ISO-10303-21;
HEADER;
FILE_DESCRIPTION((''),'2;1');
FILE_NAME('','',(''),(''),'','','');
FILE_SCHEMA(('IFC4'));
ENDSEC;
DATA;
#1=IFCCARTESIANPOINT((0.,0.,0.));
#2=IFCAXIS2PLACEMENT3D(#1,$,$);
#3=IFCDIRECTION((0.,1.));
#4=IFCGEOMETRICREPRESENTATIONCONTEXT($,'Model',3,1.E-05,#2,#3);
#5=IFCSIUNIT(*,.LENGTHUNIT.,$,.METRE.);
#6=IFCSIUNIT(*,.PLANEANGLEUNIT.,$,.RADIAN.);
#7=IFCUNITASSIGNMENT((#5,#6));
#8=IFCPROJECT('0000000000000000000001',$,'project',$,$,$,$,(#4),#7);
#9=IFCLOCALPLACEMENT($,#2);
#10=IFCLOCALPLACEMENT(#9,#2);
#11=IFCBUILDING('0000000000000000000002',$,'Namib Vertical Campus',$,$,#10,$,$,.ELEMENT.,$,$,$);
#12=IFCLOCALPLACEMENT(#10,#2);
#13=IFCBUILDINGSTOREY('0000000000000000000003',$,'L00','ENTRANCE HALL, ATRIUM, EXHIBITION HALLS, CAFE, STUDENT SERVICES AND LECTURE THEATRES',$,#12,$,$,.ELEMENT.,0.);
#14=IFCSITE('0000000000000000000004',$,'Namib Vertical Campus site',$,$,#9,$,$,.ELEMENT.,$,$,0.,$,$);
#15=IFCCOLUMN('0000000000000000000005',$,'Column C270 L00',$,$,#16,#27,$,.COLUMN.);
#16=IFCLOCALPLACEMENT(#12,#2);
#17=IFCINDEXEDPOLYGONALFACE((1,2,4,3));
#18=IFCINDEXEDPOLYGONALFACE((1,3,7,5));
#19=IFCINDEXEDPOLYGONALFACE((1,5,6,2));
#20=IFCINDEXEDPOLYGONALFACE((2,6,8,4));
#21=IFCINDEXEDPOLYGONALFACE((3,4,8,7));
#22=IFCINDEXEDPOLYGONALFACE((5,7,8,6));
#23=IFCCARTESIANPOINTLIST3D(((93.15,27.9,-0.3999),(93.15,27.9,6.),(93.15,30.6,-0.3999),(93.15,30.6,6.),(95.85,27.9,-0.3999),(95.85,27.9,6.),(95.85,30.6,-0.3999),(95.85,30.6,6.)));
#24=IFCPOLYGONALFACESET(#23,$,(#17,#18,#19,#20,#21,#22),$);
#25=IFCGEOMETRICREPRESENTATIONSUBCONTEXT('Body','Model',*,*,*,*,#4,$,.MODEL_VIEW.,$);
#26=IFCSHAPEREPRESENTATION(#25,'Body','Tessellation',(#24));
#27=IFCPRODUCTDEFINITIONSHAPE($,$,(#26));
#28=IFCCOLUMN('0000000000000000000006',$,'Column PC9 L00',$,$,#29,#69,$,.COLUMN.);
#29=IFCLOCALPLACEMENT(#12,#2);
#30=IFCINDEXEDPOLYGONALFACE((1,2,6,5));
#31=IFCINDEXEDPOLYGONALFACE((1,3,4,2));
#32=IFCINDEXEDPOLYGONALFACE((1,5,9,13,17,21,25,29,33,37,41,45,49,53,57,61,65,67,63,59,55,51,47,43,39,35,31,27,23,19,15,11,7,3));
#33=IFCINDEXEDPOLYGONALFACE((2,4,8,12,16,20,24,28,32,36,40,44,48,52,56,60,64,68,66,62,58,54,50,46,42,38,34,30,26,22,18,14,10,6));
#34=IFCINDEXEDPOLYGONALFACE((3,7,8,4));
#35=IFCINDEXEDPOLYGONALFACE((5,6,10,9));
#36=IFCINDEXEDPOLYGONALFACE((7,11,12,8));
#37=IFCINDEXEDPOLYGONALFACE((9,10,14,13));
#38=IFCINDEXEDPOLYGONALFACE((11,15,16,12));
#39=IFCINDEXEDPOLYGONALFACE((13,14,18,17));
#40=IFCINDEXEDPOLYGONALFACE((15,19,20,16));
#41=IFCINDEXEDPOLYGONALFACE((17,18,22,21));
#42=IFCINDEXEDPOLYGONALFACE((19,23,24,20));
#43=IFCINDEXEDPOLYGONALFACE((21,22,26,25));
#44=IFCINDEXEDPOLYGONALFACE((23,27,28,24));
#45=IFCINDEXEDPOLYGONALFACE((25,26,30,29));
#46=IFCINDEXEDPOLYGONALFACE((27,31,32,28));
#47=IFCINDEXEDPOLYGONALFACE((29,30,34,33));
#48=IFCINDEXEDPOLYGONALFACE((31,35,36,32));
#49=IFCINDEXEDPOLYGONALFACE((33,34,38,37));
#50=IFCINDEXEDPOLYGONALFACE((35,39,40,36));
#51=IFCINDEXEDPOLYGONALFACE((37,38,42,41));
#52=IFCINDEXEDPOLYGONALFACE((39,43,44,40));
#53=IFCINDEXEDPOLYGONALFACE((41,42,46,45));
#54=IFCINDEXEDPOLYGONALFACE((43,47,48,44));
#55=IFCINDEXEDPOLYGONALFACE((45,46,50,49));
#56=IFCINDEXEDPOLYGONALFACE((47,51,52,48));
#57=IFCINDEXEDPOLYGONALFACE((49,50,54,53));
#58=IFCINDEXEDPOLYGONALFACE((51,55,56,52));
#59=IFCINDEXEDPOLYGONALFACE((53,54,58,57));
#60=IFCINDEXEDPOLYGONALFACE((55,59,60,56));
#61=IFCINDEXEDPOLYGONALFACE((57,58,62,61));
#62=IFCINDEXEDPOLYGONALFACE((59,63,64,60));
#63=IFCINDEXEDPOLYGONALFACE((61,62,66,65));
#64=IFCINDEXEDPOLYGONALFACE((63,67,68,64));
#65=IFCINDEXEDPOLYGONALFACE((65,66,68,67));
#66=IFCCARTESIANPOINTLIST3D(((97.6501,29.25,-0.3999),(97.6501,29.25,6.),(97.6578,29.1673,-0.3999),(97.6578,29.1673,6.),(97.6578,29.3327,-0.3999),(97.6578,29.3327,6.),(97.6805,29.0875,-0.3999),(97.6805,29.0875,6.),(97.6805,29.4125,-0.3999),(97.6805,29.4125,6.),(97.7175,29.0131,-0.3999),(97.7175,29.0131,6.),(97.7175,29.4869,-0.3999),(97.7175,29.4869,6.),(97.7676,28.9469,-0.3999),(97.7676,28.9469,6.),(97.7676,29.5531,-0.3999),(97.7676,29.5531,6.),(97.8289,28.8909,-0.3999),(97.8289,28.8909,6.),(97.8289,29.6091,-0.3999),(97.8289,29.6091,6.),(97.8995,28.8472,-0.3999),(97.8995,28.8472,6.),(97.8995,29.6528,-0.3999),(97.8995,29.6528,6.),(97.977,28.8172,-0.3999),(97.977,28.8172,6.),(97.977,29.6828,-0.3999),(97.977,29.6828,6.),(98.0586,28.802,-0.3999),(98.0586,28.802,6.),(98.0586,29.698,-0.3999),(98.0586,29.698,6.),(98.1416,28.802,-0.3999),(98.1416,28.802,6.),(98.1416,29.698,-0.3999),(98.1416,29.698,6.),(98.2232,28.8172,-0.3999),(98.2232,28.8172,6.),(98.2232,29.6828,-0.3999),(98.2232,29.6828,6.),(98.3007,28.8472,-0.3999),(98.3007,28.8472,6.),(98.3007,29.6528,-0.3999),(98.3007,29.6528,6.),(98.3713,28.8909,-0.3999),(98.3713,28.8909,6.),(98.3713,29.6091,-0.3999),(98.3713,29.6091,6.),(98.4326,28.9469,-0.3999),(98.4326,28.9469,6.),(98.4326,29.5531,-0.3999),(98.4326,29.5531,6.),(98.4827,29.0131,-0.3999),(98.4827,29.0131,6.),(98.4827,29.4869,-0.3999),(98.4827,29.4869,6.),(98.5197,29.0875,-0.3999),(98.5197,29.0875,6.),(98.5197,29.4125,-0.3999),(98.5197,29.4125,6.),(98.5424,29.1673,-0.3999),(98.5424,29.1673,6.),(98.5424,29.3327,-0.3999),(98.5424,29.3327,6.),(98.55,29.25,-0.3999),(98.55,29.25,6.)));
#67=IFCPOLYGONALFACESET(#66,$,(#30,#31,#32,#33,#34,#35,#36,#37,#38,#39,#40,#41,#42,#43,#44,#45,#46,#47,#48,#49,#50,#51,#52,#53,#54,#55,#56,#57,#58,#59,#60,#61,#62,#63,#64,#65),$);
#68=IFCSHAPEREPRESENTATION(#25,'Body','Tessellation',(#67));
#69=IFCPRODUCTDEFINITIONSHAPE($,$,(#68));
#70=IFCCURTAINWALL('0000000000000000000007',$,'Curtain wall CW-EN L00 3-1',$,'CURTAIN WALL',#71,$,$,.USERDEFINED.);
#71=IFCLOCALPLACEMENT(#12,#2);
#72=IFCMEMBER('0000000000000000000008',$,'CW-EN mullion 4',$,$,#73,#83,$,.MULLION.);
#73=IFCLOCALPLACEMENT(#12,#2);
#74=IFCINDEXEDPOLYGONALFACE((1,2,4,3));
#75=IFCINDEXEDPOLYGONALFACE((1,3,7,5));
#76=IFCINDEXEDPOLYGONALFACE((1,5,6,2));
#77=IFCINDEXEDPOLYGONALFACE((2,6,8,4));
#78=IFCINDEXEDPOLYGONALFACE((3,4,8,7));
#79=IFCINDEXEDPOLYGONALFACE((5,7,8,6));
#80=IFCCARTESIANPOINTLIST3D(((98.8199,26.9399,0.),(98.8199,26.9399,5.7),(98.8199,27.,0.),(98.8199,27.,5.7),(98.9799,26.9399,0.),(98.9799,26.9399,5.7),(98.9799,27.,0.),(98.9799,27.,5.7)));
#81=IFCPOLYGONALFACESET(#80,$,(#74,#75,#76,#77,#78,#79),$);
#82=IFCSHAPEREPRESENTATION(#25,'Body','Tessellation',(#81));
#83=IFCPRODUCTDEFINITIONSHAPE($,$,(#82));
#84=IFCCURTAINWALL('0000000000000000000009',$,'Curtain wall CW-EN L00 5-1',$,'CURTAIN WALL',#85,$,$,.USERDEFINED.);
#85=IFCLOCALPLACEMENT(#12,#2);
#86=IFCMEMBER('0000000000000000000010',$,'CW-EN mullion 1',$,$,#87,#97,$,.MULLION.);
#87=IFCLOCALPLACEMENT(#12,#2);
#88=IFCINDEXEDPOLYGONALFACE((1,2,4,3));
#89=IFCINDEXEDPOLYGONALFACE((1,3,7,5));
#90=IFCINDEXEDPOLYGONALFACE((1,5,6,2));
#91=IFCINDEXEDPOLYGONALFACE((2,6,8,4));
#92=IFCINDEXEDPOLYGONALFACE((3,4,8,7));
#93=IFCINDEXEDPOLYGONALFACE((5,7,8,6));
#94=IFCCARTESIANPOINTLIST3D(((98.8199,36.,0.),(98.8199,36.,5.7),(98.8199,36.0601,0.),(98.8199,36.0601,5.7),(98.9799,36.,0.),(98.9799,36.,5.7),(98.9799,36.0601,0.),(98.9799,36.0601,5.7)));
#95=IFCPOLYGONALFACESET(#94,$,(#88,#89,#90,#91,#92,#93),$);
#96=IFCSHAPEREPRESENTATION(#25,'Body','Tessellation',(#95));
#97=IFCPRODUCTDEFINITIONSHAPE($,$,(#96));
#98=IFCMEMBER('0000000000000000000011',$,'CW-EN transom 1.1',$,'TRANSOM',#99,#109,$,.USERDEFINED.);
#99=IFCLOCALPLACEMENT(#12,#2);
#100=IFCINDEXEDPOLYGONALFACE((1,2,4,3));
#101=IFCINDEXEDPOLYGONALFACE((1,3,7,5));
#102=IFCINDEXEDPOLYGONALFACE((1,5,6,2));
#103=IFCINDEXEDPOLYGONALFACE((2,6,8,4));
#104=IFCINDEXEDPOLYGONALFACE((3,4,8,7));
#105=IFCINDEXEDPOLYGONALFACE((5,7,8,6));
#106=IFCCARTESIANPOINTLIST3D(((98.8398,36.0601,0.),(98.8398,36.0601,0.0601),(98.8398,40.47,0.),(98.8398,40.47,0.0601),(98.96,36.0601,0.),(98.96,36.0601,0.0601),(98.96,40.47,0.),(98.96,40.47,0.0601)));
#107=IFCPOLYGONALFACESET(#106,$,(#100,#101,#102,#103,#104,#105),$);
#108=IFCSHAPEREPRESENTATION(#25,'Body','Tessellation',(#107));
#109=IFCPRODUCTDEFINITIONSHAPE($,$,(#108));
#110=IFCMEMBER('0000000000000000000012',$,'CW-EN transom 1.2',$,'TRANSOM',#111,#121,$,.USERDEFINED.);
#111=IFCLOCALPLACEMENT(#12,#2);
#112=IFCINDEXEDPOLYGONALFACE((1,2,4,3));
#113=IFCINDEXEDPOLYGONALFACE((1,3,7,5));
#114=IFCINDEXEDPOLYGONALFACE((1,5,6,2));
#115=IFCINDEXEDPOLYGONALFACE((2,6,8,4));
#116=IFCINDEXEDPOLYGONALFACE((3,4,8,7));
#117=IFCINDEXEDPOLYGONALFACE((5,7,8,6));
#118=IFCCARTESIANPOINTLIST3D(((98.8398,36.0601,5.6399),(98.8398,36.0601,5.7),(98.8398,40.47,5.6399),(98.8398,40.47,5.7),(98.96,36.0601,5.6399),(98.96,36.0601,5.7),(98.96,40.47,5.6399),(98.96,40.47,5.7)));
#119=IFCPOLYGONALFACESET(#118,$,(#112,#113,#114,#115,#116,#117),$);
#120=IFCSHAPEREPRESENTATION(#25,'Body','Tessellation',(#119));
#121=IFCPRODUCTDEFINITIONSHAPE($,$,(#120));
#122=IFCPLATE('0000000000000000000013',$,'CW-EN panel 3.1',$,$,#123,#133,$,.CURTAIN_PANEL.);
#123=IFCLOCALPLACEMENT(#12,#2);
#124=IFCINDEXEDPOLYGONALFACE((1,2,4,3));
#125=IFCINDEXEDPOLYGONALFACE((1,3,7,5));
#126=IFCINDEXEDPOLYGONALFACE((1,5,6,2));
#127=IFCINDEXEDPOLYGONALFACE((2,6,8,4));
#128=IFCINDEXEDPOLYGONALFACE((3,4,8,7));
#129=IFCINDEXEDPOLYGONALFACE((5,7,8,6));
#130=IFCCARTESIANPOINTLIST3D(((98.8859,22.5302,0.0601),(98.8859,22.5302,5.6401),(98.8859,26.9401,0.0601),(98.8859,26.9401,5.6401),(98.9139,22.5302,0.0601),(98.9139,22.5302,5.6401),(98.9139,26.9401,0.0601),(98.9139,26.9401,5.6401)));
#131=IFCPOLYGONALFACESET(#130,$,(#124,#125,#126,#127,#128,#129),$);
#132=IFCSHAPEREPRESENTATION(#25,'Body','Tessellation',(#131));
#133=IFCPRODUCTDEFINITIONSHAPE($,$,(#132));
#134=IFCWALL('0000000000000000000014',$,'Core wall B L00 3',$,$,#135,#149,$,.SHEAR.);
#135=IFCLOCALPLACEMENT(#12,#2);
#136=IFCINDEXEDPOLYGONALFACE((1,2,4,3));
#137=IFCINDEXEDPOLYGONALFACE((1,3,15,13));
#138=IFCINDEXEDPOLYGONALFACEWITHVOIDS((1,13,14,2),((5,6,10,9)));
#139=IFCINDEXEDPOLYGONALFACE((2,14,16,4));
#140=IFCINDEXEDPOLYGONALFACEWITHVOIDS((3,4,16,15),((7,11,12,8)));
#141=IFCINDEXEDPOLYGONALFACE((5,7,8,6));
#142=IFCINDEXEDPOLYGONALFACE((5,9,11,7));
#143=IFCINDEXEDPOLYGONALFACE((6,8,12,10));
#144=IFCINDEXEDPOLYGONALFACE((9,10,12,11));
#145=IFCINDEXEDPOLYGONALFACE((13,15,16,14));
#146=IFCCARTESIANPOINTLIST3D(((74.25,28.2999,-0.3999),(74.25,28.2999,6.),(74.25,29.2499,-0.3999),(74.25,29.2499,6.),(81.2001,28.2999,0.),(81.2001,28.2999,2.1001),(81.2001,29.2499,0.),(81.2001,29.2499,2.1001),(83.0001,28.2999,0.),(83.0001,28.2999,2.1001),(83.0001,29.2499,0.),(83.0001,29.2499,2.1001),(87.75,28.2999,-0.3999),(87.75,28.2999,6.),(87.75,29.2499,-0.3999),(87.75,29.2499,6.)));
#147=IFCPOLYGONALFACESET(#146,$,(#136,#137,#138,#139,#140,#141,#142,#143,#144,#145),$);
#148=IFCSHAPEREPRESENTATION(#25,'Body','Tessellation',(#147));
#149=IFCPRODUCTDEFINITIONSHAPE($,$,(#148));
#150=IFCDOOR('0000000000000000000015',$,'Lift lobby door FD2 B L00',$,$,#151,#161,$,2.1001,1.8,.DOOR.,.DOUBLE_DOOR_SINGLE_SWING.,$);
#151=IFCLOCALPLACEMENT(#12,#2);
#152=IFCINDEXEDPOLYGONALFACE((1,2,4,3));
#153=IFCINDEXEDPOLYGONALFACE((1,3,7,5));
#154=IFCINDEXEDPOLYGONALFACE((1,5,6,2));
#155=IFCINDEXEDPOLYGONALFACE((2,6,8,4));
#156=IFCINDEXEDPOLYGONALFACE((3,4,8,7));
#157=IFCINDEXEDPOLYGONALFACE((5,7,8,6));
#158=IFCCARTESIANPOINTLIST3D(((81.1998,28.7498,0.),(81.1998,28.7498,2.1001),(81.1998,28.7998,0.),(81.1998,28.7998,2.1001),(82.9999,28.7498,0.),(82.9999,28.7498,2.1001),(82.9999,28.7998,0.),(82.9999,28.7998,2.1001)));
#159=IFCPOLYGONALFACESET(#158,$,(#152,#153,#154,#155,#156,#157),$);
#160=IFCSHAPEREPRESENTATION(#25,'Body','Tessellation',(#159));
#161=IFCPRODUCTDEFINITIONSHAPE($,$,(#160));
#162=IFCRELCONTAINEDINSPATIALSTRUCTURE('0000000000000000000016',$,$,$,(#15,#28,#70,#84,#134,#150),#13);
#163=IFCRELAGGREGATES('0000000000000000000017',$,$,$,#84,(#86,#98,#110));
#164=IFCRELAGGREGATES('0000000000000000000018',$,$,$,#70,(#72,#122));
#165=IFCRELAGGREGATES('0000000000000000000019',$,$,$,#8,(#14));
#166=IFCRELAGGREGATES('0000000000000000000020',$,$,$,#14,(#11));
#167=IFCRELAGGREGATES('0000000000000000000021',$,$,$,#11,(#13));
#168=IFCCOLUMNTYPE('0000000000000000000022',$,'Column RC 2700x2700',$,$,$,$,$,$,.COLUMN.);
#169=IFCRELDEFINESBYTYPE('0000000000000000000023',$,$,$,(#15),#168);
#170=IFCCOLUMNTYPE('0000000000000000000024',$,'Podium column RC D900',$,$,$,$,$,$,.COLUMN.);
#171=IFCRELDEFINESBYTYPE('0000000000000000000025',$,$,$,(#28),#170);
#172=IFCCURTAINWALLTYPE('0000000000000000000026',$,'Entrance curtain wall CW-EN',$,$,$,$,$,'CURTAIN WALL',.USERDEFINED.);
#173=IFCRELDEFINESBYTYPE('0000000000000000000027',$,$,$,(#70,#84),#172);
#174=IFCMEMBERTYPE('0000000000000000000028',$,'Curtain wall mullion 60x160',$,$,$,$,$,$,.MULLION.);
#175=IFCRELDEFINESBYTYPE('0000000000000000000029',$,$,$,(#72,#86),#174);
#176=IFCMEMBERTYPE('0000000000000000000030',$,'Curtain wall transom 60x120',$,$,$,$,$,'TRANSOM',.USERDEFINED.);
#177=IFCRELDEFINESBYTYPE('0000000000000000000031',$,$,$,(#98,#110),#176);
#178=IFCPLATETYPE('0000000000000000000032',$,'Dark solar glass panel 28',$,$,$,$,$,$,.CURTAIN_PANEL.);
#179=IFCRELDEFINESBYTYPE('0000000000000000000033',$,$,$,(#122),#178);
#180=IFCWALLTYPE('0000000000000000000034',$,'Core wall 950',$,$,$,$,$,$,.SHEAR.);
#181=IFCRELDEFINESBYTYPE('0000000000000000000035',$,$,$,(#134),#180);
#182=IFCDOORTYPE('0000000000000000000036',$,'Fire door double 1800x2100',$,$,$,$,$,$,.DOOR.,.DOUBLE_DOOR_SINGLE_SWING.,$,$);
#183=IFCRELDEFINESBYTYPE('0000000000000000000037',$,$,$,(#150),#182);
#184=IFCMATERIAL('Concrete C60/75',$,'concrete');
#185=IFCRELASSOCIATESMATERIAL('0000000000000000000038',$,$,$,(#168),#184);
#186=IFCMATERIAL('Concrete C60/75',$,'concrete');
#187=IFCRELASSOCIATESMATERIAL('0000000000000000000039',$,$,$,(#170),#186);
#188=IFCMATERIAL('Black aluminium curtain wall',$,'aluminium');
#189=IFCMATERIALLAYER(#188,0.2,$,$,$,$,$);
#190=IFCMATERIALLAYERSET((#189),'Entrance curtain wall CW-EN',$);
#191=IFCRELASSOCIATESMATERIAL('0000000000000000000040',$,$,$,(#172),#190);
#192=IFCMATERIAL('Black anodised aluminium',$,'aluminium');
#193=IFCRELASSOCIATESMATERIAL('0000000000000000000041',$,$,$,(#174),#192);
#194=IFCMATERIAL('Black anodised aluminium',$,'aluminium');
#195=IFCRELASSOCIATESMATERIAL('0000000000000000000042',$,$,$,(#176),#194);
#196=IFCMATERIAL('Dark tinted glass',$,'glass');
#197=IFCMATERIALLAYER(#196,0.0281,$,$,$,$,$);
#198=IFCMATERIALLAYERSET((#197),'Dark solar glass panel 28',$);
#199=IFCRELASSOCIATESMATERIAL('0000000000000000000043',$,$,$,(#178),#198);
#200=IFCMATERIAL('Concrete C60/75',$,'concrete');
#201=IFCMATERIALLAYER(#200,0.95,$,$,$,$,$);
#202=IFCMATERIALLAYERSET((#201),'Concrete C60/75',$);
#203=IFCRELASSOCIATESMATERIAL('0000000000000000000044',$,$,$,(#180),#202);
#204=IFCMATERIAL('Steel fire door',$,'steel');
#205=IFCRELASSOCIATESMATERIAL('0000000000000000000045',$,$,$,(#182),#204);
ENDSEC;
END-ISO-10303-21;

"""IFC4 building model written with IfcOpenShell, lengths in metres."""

from ifc_helpers import new_model, si_unit, direction, frame, frame_2d, origin, origin_2d, place, context, subcontext, project, spatial, rectangle, circle, extrude, material, layer, layer_set, material_profile, profile_set, type_object, element, fill, aggregate, save


model = new_model("IFC4")

# Units and contexts
model_context = context("Model", 3, precision=1e-05, world=origin(), true_north=direction((0.0, 1.0)))
body_context = subcontext(model_context, "Body", "Model", "MODEL_VIEW")
ifc_project = project(units=[si_unit("LENGTHUNIT", "METRE"), si_unit("PLANEANGLEUNIT", "RADIAN")], contexts=[model_context])

# Site, building, storey
site_placement = place(None, origin())
site = spatial("IfcSite", under=ifc_project, at=site_placement, Name="Namib Vertical Campus site", CompositionType="ELEMENT", RefElevation=0.0)
building_placement = place(site_placement, origin())
building = spatial("IfcBuilding", under=site, at=building_placement, Name="Namib Vertical Campus", CompositionType="ELEMENT")
storey_placement = place(building_placement, origin())
storey = spatial("IfcBuildingStorey", under=building, at=storey_placement, Name="L00", Description="ENTRANCE HALL, ATRIUM, EXHIBITION HALLS, CAFE, STUDENT SERVICES AND LECTURE THEATRES", CompositionType="ELEMENT", Elevation=0.0)

# Columns
ifc_material_1 = material(Name="Concrete C60/75", Category="concrete")
ifc_material_profile_1 = material_profile(ifc_material_1, rectangle(XDim=2.7, YDim=2.7, at=origin_2d()))
ifc_profile_set_1 = profile_set([ifc_material_profile_1], Name="Concrete C60/75")
column_type_1 = type_object("IfcColumnType", Name="Column RC 2700x2700", PredefinedType="COLUMN", material=ifc_profile_set_1)
column_1_placement = place(storey_placement, frame((94.5, 29.25, -0.3999), z_axis=(0.0, 0.0, 1.0), x_axis=(1.0, 0.0, 0.0)))
element("IfcColumn", 1, at=column_1_placement, inside=storey, type_object=column_type_1, Name="Column C270 L00", PredefinedType="COLUMN", context=body_context, shape_type="SweptSolid", body=[
    extrude(rectangle(XDim=2.7, YDim=2.7, at=origin_2d()), origin(), (0.0, 0.0, 1.0), 6.3999),
])
ifc_material_2 = material(Name="Concrete C60/75", Category="concrete")
ifc_material_profile_2 = material_profile(ifc_material_2, circle(Radius=0.45, at=origin_2d()))
ifc_profile_set_2 = profile_set([ifc_material_profile_2], Name="Concrete C60/75")
column_type_2 = type_object("IfcColumnType", Name="Podium column RC D900", PredefinedType="COLUMN", material=ifc_profile_set_2)
column_2_placement = place(storey_placement, frame((98.1001, 29.25, -0.3999), z_axis=(0.0, 0.0, 1.0), x_axis=(1.0, 0.0, 0.0)))
element("IfcColumn", 2, at=column_2_placement, inside=storey, type_object=column_type_2, Name="Column PC9 L00", PredefinedType="COLUMN", context=body_context, shape_type="SweptSolid", body=[
    extrude(circle(Radius=0.45, at=origin_2d()), origin(), (0.0, 0.0, 1.0), 6.3999),
])

# Curtain wall, member
ifc_material_3 = material(Name="Black aluminium curtain wall", Category="aluminium")
ifc_layer_1 = layer(ifc_material_3, 0.2)
ifc_layer_set_1 = layer_set([ifc_layer_1], Name="Entrance curtain wall CW-EN")
curtain_wall_type = type_object("IfcCurtainWallType", Name="Entrance curtain wall CW-EN", ElementType="CURTAIN WALL", PredefinedType="USERDEFINED", material=ifc_layer_set_1)
curtain_wall_1_placement = place(storey_placement, origin())
curtain_wall_1 = element("IfcCurtainWall", 3, at=curtain_wall_1_placement, inside=storey, type_object=curtain_wall_type, Name="Curtain wall CW-EN L00 3-1", ObjectType="CURTAIN WALL", PredefinedType="USERDEFINED")
ifc_material_4 = material(Name="Black anodised aluminium", Category="aluminium")
ifc_material_profile_3 = material_profile(ifc_material_4, rectangle(XDim=0.0601, YDim=0.1599, at=origin_2d()))
ifc_profile_set_3 = profile_set([ifc_material_profile_3], Name="Black anodised aluminium")
member_type_1 = type_object("IfcMemberType", Name="Curtain wall mullion 60x160", PredefinedType="MULLION", material=ifc_profile_set_3)
member_1_placement = place(storey_placement, frame((98.8999, 26.97, 0.0), z_axis=(0.0, 0.0, 1.0), x_axis=(0.0, 1.0, 0.0)))
member_1 = element("IfcMember", 4, at=member_1_placement, type_object=member_type_1, Name="CW-EN mullion 4", PredefinedType="MULLION", context=body_context, shape_type="SweptSolid", body=[
    extrude(rectangle(XDim=0.0601, YDim=0.1599, at=origin_2d()), origin(), (0.0, 0.0, 1.0), 5.7),
])

# Curtain wall, members
curtain_wall_2_placement = place(storey_placement, origin())
curtain_wall_2 = element("IfcCurtainWall", 5, at=curtain_wall_2_placement, inside=storey, type_object=curtain_wall_type, Name="Curtain wall CW-EN L00 5-1", ObjectType="CURTAIN WALL", PredefinedType="USERDEFINED")
member_2_placement = place(storey_placement, frame((98.8999, 36.03, 0.0), z_axis=(0.0, 0.0, 1.0), x_axis=(0.0, 1.0, 0.0)))
member_2 = element("IfcMember", 6, at=member_2_placement, type_object=member_type_1, Name="CW-EN mullion 1", PredefinedType="MULLION", context=body_context, shape_type="SweptSolid", body=[
    extrude(rectangle(XDim=0.0601, YDim=0.1599, at=origin_2d()), origin(), (0.0, 0.0, 1.0), 5.7),
])
ifc_material_5 = material(Name="Black anodised aluminium", Category="aluminium")
ifc_material_profile_4 = material_profile(ifc_material_5, rectangle(XDim=0.0601, YDim=0.1201, at=origin_2d()))
ifc_profile_set_4 = profile_set([ifc_material_profile_4], Name="Black anodised aluminium")
member_type_2 = type_object("IfcMemberType", Name="Curtain wall transom 60x120", ElementType="TRANSOM", PredefinedType="USERDEFINED", material=ifc_profile_set_4)
member_3_placement = place(storey_placement, frame((98.8999, 36.0601, 0.03), z_axis=(0.0, 1.0, 0.0), x_axis=(0.0, 0.0, 1.0)))
member_3 = element("IfcMember", 7, at=member_3_placement, type_object=member_type_2, Name="CW-EN transom 1.1", ObjectType="TRANSOM", PredefinedType="USERDEFINED", context=body_context, shape_type="SweptSolid", body=[
    extrude(rectangle(XDim=0.0601, YDim=0.1201, at=origin_2d()), origin(), (0.0, 0.0, 1.0), 4.4099),
])
member_4_placement = place(storey_placement, frame((98.8999, 36.0601, 5.6699), z_axis=(0.0, 1.0, 0.0), x_axis=(0.0, 0.0, 1.0)))
member_4 = element("IfcMember", 8, at=member_4_placement, type_object=member_type_2, Name="CW-EN transom 1.2", ObjectType="TRANSOM", PredefinedType="USERDEFINED", context=body_context, shape_type="SweptSolid", body=[
    extrude(rectangle(XDim=0.0601, YDim=0.1201, at=origin_2d()), origin(), (0.0, 0.0, 1.0), 4.4099),
])
aggregate(curtain_wall_2, [member_2, member_3, member_4])

# Plate
ifc_material_6 = material(Name="Dark tinted glass", Category="glass")
ifc_layer_2 = layer(ifc_material_6, 0.0281)
ifc_layer_set_2 = layer_set([ifc_layer_2], Name="Dark solar glass panel 28")
plate_type = type_object("IfcPlateType", Name="Dark solar glass panel 28", PredefinedType="CURTAIN_PANEL", material=ifc_layer_set_2)
plate_placement = place(storey_placement, frame((98.8999, 24.7351, 0.0601), z_axis=(0.0, 0.0, 1.0), x_axis=(0.0, 1.0, 0.0)))
plate = element("IfcPlate", 9, at=plate_placement, type_object=plate_type, Name="CW-EN panel 3.1", PredefinedType="CURTAIN_PANEL", context=body_context, shape_type="SweptSolid", body=[
    extrude(rectangle(XDim=4.4099, YDim=0.0281, at=origin_2d()), origin(), (0.0, 0.0, 1.0), 5.5801),
])
aggregate(curtain_wall_1, [member_1, plate])

# Wall, opening, door
ifc_material_7 = material(Name="Concrete C60/75", Category="concrete")
ifc_layer_3 = layer(ifc_material_7, 0.95)
ifc_layer_set_3 = layer_set([ifc_layer_3], Name="Concrete C60/75")
wall_type_1 = type_object("IfcWallType", Name="Core wall 950", PredefinedType="SHEAR", material=ifc_layer_set_3)
wall_1_placement = place(storey_placement, frame((87.75, 28.7749, -0.3999), z_axis=(0.0, 0.0, 1.0), x_axis=(-1.0, 0.0, 0.0)))
wall_1 = element("IfcWall", 10, at=wall_1_placement, inside=storey, type_object=wall_type_1, Name="Core wall B L00 3", PredefinedType="SHEAR", context=body_context, shape_type="SweptSolid", body=[
    extrude(rectangle(XDim=13.5, YDim=0.95, at=frame_2d((6.75, 0.0))), origin(), (0.0, 0.0, 1.0), 6.3999),
])
opening_1_placement = place(wall_1_placement, frame((4.75, 0.0, 0.3999)))
opening_1 = element("IfcOpeningElement", 11, at=opening_1_placement, cuts=wall_1, PredefinedType="OPENING", context=body_context, shape_type="SweptSolid", body=[
    extrude(rectangle(XDim=1.8, YDim=2.1001, at=frame_2d((0.8999, 1.05))), frame((0.0, 0.4849, 0.0), z_axis=(0.0, -1.0, 0.0), x_axis=(1.0, 0.0, 0.0)), (0.0, 0.0, 1.0), 0.97),
])
ifc_material_8 = material(Name="Steel fire door", Category="steel")
door_type_1 = type_object("IfcDoorType", Name="Fire door double 1800x2100", OperationType="DOUBLE_DOOR_SINGLE_SWING", PredefinedType="DOOR", material=ifc_material_8)
door_1_placement = place(opening_1_placement, frame((1.8, 0.0, 0.0), z_axis=(0.0, 0.0, 1.0), x_axis=(-1.0, 0.0, 0.0)))
door_1 = element("IfcDoor", 12, at=door_1_placement, inside=storey, type_object=door_type_1, Name="Lift lobby door FD2 B L00", OperationType="DOUBLE_DOOR_SINGLE_SWING", OverallHeight=2.1001, OverallWidth=1.8, PredefinedType="DOOR", context=body_context, shape_type="SweptSolid", body=[
    extrude(rectangle(XDim=1.8, YDim=2.1001, at=frame_2d((0.8999, 1.05))), frame((0.0, 0.0249, 0.0), z_axis=(0.0, -1.0, 0.0), x_axis=(1.0, 0.0, 0.0)), (0.0, 0.0, 1.0), 0.05),
])
fill(opening_1, door_1)

save(model, "model.ifc")
